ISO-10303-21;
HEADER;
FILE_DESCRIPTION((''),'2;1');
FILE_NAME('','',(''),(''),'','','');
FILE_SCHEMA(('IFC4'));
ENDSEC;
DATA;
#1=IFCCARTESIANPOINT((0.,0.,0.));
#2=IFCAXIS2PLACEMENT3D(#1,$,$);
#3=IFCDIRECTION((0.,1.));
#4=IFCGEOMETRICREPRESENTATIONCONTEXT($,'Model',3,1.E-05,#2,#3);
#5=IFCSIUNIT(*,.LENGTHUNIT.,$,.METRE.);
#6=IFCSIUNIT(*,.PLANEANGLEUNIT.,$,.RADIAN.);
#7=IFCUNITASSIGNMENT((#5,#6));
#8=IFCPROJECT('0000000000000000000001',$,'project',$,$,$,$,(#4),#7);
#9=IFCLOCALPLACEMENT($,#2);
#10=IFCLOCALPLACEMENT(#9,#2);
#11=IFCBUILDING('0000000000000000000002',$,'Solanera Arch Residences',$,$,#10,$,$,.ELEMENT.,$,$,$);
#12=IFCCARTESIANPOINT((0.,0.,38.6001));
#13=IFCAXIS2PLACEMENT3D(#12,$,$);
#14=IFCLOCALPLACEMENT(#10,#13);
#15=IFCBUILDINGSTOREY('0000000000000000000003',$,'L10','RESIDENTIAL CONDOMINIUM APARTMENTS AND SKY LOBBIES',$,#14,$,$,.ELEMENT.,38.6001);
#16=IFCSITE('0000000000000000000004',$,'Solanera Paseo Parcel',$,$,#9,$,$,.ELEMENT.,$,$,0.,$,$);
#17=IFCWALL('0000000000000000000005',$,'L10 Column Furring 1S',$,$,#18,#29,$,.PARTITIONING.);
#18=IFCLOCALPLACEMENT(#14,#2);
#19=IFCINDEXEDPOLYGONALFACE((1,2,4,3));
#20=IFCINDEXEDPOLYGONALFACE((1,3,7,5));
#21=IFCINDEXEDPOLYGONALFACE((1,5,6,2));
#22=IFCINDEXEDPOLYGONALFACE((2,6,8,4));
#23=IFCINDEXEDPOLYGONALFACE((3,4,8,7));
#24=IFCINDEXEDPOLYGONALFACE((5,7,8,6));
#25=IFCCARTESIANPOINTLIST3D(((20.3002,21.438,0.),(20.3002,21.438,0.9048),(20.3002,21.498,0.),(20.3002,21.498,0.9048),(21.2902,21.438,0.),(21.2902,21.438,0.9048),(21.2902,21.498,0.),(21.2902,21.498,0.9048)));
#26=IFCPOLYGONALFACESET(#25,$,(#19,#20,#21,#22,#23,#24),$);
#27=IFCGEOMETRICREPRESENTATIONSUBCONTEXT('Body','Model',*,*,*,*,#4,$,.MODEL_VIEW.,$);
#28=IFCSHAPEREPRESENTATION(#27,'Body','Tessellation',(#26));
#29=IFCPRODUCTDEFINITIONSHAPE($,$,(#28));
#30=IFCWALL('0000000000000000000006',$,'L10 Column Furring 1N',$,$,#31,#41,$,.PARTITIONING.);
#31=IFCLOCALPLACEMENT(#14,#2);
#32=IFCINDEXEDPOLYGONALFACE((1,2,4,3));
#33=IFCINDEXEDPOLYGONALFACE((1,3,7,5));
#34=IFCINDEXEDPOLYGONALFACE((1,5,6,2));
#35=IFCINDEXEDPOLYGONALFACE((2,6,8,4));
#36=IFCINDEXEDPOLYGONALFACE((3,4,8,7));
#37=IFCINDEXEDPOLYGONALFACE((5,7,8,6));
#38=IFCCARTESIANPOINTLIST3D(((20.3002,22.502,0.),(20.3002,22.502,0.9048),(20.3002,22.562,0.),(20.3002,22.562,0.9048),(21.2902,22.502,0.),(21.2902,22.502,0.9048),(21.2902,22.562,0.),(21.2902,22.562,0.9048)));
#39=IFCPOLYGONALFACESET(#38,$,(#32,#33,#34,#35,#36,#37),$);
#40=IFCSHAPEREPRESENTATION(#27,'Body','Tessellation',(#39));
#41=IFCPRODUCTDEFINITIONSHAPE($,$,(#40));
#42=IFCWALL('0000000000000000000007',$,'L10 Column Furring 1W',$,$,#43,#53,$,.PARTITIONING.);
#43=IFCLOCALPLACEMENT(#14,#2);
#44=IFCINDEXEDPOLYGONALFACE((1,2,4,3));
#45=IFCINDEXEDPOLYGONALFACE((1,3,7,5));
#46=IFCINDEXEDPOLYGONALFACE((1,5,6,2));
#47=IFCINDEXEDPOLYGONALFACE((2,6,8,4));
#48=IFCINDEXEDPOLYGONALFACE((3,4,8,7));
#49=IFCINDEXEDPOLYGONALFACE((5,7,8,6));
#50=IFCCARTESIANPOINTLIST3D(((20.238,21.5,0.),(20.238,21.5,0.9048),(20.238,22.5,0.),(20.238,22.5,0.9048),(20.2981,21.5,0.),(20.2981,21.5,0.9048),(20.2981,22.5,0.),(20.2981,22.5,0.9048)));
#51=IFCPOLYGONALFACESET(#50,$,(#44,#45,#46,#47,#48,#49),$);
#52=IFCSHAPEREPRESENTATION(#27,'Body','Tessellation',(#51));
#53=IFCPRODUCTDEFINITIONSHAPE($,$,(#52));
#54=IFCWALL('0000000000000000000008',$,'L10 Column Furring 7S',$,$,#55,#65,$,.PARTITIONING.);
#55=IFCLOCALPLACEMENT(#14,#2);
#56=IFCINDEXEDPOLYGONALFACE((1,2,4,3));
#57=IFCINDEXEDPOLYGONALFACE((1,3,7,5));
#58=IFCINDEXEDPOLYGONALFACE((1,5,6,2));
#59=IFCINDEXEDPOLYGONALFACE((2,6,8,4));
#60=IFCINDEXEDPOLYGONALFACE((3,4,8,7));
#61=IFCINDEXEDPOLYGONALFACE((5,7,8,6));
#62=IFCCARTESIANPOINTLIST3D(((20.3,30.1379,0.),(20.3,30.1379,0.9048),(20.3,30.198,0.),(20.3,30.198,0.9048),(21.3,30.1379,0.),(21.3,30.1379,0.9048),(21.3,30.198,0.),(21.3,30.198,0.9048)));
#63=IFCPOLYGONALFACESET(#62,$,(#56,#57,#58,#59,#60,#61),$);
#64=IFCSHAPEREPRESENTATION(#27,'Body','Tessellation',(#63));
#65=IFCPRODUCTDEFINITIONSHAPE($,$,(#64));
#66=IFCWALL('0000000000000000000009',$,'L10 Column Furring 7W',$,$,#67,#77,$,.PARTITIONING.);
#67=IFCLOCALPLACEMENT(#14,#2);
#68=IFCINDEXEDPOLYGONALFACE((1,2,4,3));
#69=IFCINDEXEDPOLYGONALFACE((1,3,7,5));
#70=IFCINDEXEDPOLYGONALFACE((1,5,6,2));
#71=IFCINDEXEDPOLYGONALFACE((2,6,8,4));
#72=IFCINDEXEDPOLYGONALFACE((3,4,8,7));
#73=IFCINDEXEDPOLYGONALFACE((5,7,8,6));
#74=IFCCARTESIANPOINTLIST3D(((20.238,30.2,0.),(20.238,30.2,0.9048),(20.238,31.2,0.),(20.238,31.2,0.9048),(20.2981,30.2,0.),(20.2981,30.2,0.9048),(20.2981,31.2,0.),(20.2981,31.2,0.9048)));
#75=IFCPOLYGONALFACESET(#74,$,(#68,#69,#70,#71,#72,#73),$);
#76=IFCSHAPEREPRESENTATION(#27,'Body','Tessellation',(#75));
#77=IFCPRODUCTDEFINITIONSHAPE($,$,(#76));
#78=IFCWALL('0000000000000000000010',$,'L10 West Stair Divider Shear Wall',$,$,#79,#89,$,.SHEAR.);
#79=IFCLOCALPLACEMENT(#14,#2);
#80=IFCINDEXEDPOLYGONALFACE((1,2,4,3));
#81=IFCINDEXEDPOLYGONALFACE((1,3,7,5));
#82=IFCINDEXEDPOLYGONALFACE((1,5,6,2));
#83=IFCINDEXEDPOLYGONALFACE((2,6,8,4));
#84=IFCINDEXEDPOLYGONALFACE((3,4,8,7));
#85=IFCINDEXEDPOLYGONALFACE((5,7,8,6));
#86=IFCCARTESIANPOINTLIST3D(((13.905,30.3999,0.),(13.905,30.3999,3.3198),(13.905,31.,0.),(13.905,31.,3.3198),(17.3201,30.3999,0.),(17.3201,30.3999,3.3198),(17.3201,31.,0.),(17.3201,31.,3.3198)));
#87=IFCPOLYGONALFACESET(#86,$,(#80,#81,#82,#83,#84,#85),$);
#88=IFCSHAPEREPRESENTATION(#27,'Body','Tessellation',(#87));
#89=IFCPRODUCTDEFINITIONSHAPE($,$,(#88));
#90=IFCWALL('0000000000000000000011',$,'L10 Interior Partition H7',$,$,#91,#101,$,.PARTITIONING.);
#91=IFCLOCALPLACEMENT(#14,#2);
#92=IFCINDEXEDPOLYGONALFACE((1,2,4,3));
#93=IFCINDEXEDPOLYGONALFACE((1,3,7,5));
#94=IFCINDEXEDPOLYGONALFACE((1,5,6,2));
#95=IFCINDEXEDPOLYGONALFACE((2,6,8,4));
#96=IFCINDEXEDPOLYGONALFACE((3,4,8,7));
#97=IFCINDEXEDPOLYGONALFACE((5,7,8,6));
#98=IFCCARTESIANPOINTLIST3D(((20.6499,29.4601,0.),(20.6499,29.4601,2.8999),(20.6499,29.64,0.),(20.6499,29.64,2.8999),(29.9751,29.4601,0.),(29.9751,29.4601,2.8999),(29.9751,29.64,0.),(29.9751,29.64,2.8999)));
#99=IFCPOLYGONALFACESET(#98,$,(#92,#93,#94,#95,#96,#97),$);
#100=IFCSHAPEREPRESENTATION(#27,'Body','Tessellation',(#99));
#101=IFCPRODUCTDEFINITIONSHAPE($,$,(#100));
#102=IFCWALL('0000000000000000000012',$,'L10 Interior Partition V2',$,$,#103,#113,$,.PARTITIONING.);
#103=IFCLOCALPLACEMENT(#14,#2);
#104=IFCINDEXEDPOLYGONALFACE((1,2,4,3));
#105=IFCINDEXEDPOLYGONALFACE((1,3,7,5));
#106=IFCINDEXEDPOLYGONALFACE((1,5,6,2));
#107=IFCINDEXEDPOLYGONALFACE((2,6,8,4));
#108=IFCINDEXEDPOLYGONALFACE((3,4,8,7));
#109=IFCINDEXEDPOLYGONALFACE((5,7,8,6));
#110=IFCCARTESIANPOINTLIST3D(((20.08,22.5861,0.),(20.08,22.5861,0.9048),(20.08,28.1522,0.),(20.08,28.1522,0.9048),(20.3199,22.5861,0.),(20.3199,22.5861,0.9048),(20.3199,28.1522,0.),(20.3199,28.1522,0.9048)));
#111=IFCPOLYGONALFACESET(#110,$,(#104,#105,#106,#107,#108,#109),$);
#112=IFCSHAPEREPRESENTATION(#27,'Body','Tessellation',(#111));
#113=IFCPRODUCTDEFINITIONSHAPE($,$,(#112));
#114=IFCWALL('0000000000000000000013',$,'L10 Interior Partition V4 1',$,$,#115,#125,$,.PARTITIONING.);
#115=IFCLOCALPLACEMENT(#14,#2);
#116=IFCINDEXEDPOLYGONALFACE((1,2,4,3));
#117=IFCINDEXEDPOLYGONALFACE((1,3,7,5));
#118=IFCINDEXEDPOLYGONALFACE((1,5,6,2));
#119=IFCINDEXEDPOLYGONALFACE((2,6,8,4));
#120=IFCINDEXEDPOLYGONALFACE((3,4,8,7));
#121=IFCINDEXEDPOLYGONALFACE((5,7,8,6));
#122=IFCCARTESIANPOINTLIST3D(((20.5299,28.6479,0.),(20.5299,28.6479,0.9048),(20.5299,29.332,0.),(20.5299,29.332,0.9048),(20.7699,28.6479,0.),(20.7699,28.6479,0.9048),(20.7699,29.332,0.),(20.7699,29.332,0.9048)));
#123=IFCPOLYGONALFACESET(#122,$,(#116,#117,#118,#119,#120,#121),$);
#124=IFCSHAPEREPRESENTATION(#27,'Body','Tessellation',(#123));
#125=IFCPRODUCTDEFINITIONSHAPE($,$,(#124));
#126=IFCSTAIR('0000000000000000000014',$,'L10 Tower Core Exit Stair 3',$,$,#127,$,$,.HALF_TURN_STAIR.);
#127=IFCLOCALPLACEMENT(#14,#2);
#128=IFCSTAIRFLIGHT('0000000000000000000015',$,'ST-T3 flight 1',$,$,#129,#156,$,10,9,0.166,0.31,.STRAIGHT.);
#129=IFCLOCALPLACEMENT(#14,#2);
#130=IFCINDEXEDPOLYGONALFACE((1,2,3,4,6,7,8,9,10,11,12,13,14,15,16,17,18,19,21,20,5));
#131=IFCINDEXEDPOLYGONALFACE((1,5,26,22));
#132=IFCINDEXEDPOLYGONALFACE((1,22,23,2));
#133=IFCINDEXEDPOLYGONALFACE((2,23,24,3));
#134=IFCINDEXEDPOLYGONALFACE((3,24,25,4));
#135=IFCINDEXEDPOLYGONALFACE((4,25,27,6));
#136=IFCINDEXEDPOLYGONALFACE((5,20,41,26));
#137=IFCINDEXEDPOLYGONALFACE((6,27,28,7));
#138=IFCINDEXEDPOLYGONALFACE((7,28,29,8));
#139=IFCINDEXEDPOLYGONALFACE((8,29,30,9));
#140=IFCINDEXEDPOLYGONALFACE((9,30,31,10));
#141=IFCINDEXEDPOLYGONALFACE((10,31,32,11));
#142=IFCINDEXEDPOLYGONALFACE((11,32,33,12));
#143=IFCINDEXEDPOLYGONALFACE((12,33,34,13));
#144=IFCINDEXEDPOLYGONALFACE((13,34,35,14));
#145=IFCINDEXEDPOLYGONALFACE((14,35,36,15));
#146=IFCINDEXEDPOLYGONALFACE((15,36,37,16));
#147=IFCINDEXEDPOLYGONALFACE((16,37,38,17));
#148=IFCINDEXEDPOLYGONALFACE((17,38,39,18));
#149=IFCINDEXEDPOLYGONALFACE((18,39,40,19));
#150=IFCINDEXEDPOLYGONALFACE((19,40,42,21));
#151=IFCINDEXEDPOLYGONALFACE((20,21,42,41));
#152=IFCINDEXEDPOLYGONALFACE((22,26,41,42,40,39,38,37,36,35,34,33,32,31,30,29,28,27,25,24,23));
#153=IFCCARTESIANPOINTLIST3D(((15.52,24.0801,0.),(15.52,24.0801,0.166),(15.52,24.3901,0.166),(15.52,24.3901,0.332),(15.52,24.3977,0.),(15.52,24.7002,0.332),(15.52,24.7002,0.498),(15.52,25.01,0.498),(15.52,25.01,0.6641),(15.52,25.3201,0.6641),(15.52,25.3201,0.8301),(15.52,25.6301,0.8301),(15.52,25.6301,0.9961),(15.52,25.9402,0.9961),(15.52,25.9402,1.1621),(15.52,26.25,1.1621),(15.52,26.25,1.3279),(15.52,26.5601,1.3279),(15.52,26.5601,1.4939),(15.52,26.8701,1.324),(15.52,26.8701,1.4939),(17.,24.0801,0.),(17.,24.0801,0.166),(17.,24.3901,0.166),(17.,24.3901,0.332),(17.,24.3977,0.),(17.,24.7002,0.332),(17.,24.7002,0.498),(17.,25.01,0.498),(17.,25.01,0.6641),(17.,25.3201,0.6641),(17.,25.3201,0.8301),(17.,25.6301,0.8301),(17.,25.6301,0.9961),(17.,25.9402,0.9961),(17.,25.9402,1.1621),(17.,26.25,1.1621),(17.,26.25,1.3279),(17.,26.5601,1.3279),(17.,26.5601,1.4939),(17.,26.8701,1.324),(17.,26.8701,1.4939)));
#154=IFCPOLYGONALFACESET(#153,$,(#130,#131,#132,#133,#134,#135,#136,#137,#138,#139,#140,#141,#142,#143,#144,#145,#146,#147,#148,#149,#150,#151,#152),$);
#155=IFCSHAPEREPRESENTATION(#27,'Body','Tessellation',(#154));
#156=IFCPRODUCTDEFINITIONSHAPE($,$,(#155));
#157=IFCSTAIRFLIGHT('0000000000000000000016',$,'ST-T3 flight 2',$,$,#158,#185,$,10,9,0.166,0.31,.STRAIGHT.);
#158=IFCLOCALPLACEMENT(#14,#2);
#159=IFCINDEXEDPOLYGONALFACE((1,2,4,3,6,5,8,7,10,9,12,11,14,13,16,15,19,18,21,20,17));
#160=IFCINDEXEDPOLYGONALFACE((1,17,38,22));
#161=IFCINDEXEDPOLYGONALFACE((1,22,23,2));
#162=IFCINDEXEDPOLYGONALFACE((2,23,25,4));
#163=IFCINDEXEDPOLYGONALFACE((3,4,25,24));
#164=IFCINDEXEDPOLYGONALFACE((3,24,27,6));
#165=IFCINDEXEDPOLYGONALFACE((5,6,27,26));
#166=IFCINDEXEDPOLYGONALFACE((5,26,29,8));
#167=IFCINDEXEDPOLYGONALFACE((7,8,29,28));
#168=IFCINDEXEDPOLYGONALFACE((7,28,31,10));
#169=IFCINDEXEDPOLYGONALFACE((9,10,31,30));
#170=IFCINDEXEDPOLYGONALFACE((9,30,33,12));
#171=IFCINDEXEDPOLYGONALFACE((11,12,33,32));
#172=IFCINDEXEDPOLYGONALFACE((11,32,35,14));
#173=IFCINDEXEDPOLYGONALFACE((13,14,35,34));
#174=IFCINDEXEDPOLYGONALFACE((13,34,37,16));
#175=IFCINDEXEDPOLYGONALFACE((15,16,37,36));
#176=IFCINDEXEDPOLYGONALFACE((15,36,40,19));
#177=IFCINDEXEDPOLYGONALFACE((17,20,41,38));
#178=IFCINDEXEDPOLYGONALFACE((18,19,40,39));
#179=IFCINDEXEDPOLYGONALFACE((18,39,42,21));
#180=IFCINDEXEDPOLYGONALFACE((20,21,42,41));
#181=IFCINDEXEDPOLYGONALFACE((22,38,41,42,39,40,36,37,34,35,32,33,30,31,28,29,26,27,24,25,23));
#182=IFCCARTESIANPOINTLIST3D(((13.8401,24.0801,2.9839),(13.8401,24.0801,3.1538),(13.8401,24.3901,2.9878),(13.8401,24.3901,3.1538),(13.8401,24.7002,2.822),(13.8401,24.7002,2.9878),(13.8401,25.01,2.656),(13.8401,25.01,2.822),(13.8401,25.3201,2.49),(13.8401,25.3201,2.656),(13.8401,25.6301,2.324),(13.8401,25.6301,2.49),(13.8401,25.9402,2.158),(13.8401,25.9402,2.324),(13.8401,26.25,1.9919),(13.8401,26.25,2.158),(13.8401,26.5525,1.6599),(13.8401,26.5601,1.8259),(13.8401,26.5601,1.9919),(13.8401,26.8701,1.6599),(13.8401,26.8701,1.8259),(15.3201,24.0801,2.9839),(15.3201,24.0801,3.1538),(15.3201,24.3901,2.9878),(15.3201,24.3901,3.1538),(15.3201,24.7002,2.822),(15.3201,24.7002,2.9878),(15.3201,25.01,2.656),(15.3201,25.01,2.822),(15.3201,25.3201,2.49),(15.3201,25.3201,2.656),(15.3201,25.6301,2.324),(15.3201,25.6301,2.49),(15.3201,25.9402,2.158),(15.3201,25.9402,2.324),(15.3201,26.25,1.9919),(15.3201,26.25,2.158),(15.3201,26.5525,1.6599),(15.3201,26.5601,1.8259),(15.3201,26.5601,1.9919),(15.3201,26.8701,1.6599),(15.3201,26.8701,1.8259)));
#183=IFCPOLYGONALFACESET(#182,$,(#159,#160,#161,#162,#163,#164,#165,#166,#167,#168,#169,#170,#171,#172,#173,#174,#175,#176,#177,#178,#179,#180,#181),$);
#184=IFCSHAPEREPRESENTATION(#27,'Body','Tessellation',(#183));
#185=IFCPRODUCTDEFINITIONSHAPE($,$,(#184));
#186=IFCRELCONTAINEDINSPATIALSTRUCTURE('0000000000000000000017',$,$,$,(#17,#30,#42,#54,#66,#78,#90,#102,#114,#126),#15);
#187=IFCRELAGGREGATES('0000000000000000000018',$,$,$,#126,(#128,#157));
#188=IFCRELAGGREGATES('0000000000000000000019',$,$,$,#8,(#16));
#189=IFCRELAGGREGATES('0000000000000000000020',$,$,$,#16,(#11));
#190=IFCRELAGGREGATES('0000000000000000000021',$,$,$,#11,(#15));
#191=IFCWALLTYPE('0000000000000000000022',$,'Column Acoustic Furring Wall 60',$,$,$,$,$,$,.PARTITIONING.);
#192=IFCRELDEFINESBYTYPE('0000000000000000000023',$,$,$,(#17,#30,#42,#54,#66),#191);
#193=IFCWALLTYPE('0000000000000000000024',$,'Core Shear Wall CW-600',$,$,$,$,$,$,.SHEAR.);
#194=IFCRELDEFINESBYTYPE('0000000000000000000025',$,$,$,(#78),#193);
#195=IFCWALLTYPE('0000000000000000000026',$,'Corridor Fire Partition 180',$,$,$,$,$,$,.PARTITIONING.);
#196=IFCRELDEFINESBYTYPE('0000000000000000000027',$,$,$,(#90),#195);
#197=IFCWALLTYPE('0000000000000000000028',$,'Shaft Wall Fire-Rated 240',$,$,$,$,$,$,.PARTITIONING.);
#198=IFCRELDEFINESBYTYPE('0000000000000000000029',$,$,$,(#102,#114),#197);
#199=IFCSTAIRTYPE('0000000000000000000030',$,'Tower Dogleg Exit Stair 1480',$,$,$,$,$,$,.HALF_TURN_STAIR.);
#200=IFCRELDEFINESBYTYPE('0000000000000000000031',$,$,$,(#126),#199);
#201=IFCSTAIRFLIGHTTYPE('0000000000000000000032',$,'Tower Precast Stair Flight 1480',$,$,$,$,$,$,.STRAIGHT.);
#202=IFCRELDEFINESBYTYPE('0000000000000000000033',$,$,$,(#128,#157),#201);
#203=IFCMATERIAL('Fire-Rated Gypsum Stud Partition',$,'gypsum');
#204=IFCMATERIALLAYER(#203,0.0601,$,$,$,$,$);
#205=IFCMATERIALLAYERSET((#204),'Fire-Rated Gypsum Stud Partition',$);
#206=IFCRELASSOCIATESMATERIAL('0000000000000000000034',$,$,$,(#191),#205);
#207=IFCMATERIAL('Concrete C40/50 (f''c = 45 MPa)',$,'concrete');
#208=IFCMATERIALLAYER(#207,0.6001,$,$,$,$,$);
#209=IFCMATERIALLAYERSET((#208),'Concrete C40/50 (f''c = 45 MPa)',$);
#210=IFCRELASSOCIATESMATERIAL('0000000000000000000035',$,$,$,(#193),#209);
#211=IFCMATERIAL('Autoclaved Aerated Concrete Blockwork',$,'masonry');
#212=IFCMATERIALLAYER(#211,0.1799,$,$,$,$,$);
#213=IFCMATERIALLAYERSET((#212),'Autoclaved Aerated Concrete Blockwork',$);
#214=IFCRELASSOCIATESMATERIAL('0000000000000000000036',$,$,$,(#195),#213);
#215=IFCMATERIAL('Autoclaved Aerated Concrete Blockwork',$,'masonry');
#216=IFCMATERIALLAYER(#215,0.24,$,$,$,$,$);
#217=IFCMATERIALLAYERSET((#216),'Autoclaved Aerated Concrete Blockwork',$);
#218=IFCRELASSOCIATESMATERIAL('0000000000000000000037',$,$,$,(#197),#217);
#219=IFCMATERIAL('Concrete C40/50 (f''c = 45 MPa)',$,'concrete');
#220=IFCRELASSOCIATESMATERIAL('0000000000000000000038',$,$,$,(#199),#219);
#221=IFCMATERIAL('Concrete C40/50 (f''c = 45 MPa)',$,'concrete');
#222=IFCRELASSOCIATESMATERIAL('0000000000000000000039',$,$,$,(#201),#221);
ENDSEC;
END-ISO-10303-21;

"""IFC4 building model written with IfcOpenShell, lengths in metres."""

from ifc_helpers import new_model, si_unit, direction, frame, frame_2d, origin, place, context, subcontext, project, spatial, polyline, rectangle, outline, extrude, material, layer, layer_set, type_object, element, aggregate, save


model = new_model("IFC4")

# Units and contexts
model_context = context("Model", 3, precision=1e-05, world=origin(), true_north=direction((0.0, 1.0)))
body_context = subcontext(model_context, "Body", "Model", "MODEL_VIEW")
ifc_project = project(units=[si_unit("LENGTHUNIT", "METRE"), si_unit("PLANEANGLEUNIT", "RADIAN")], contexts=[model_context])

# Site, building, storey
site_placement = place(None, origin())
site = spatial("IfcSite", under=ifc_project, at=site_placement, Name="Solanera Paseo Parcel", CompositionType="ELEMENT", RefElevation=0.0)
building_placement = place(site_placement, origin())
building = spatial("IfcBuilding", under=site, at=building_placement, Name="Solanera Arch Residences", CompositionType="ELEMENT")
storey_placement = place(building_placement, frame((0.0, 0.0, 38.6001)))
storey = spatial("IfcBuildingStorey", under=building, at=storey_placement, Name="L10", Description="RESIDENTIAL CONDOMINIUM APARTMENTS AND SKY LOBBIES", CompositionType="ELEMENT", Elevation=38.6001)

# Walls
ifc_material_1 = material(Name="Fire-Rated Gypsum Stud Partition", Category="gypsum")
ifc_layer_1 = layer(ifc_material_1, 0.0601)
ifc_layer_set_1 = layer_set([ifc_layer_1], Name="Fire-Rated Gypsum Stud Partition")
wall_type_1 = type_object("IfcWallType", Name="Column Acoustic Furring Wall 60", PredefinedType="PARTITIONING", material=ifc_layer_set_1)
for number, where, z_axis, x_axis, name in (
    (1, (20.3, 21.468, 0.0), (0.0, 0.0, 1.0), (1.0, 0.0, 0.0), "L10 Column Furring 1S"),
    (2, (20.3, 22.532, 0.0), (0.0, 0.0, 1.0), (1.0, 0.0, 0.0), "L10 Column Furring 1N"),
):
    element("IfcWall", number, at=place(storey_placement, frame(where, z_axis=z_axis, x_axis=x_axis)), inside=storey, type_object=wall_type_1, Name=name, PredefinedType="PARTITIONING", context=body_context, shape_type="SweptSolid", body=[
        extrude(rectangle(XDim=0.99, YDim=0.0601, at=frame_2d((0.4951, 0.0))), origin(), (0.0, 0.0, 1.0), 0.9048),
    ])
for number, where, z_axis, x_axis, name in (
    (3, (20.2681, 21.5, 0.0), (0.0, 0.0, 1.0), (0.0, 1.0, 0.0), "L10 Column Furring 1W"),
    (4, (20.3, 30.168, 0.0), (0.0, 0.0, 1.0), (1.0, 0.0, 0.0), "L10 Column Furring 7S"),
    (5, (20.2681, 30.2, 0.0), (0.0, 0.0, 1.0), (0.0, 1.0, 0.0), "L10 Column Furring 7W"),
):
    element("IfcWall", number, at=place(storey_placement, frame(where, z_axis=z_axis, x_axis=x_axis)), inside=storey, type_object=wall_type_1, Name=name, PredefinedType="PARTITIONING", context=body_context, shape_type="SweptSolid", body=[
        extrude(rectangle(XDim=1.0, YDim=0.0601, at=frame_2d((0.5, 0.0))), origin(), (0.0, 0.0, 1.0), 0.9048),
    ])

# Walls
ifc_material_2 = material(Name="Concrete C40/50 (f'c = 45 MPa)", Category="concrete")
ifc_layer_2 = layer(ifc_material_2, 0.6001)
ifc_layer_set_2 = layer_set([ifc_layer_2], Name="Concrete C40/50 (f'c = 45 MPa)")
wall_type_2 = type_object("IfcWallType", Name="Core Shear Wall CW-600", PredefinedType="SHEAR", material=ifc_layer_set_2)
wall_1_placement = place(storey_placement, frame((13.905, 30.7, 0.0), z_axis=(0.0, 0.0, 1.0), x_axis=(1.0, 0.0, 0.0)))
element("IfcWall", 6, at=wall_1_placement, inside=storey, type_object=wall_type_2, Name="L10 West Stair Divider Shear Wall", PredefinedType="SHEAR", context=body_context, shape_type="SweptSolid", body=[
    extrude(rectangle(XDim=3.415, YDim=0.6001, at=frame_2d((1.7075, 0.0))), origin(), (0.0, 0.0, 1.0), 3.3198),
])
ifc_material_3 = material(Name="Autoclaved Aerated Concrete Blockwork", Category="masonry")
ifc_layer_3 = layer(ifc_material_3, 0.1799)
ifc_layer_set_3 = layer_set([ifc_layer_3], Name="Autoclaved Aerated Concrete Blockwork")
wall_type_3 = type_object("IfcWallType", Name="Corridor Fire Partition 180", PredefinedType="PARTITIONING", material=ifc_layer_set_3)
wall_2_placement = place(storey_placement, frame((20.6499, 29.55, 0.0), z_axis=(0.0, 0.0, 1.0), x_axis=(1.0, 0.0, 0.0)))
element("IfcWall", 7, at=wall_2_placement, inside=storey, type_object=wall_type_3, Name="L10 Interior Partition H7", PredefinedType="PARTITIONING", context=body_context, shape_type="SweptSolid", body=[
    extrude(rectangle(XDim=9.3252, YDim=0.1799, at=frame_2d((4.6626, 0.0))), origin(), (0.0, 0.0, 1.0), 2.8999),
])

# Shared definitions
ifc_material_4 = material(Name="Autoclaved Aerated Concrete Blockwork", Category="masonry")
ifc_layer_4 = layer(ifc_material_4, 0.24)
ifc_layer_set_4 = layer_set([ifc_layer_4], Name="Autoclaved Aerated Concrete Blockwork")
wall_type_4 = type_object("IfcWallType", Name="Shaft Wall Fire-Rated 240", PredefinedType="PARTITIONING", material=ifc_layer_set_4)

# Walls
wall_3_placement = place(storey_placement, frame((20.2, 22.5859, 0.0), z_axis=(0.0, 0.0, 1.0), x_axis=(0.0, 1.0, 0.0)))
element("IfcWall", 8, at=wall_3_placement, inside=storey, type_object=wall_type_4, Name="L10 Interior Partition V2", PredefinedType="PARTITIONING", context=body_context, shape_type="SweptSolid", body=[
    extrude(rectangle(XDim=5.5662, YDim=0.24, at=frame_2d((2.7832, 0.0))), origin(), (0.0, 0.0, 1.0), 0.9048),
])
wall_4_placement = place(storey_placement, frame((20.6499, 28.6479, 0.0), z_axis=(0.0, 0.0, 1.0), x_axis=(0.0, 1.0, 0.0)))
element("IfcWall", 9, at=wall_4_placement, inside=storey, type_object=wall_type_4, Name="L10 Interior Partition V4 1", PredefinedType="PARTITIONING", context=body_context, shape_type="SweptSolid", body=[
    extrude(rectangle(XDim=0.6841, YDim=0.24, at=frame_2d((0.342, 0.0))), origin(), (0.0, 0.0, 1.0), 0.9048),
])

# Stair, stair flights
ifc_material_5 = material(Name="Concrete C40/50 (f'c = 45 MPa)", Category="concrete")
stair_type = type_object("IfcStairType", Name="Tower Dogleg Exit Stair 1480", PredefinedType="HALF_TURN_STAIR", material=ifc_material_5)
stair_placement = place(storey_placement, origin())
stair = element("IfcStair", 10, at=stair_placement, inside=storey, type_object=stair_type, Name="L10 Tower Core Exit Stair 3", PredefinedType="HALF_TURN_STAIR")
ifc_material_6 = material(Name="Concrete C40/50 (f'c = 45 MPa)", Category="concrete")
stair_flight_type = type_object("IfcStairFlightType", Name="Tower Precast Stair Flight 1480", PredefinedType="STRAIGHT", material=ifc_material_6)
stair_flight_1_placement = place(storey_placement, frame((16.26, 24.0801, 0.0), z_axis=(0.0, 0.0, 1.0), x_axis=(0.0, 1.0, 0.0)))
stair_flight_1 = element("IfcStairFlight", 11, at=stair_flight_1_placement, type_object=stair_flight_type, Name="ST-T3 flight 1", NumberOfRisers=10, NumberOfTreads=9, PredefinedType="STRAIGHT", RiserHeight=0.166, TreadLength=0.31, context=body_context, shape_type="SweptSolid", body=[
    extrude(outline(polyline([(0.0, 0.0), (0.0, 0.166), (0.3101, 0.166), (0.3101, 0.332), (0.6201, 0.332), (0.6201, 0.498), (0.9299, 0.498), (0.9299, 0.6641), (1.24, 0.6641), (1.24, 0.8301), (1.55, 0.8301), (1.55, 0.9961), (1.8601, 0.9961), (1.8601, 1.1621), (2.1699, 1.1621), (2.1699, 1.3279), (2.48, 1.3279), (2.48, 1.4939), (2.79, 1.4939), (2.79, 1.6599), (2.79, 1.324), (0.3176, 0.0), (0.0, 0.0)])), frame((0.0, 0.74, 0.0), z_axis=(0.0, -1.0, 0.0), x_axis=(1.0, 0.0, 0.0)), (0.0, 0.0, 1.0), 1.48),
])
stair_flight_2_placement = place(storey_placement, frame((14.5801, 26.8701, 1.6599), z_axis=(0.0, 0.0, 1.0), x_axis=(0.0, -1.0, 0.0)))
stair_flight_2 = element("IfcStairFlight", 12, at=stair_flight_2_placement, type_object=stair_flight_type, Name="ST-T3 flight 2", NumberOfRisers=10, NumberOfTreads=9, PredefinedType="STRAIGHT", RiserHeight=0.166, TreadLength=0.31, context=body_context, shape_type="SweptSolid", body=[
    extrude(outline(polyline([(0.0, 0.0), (0.0, 0.166), (0.3101, 0.166), (0.3101, 0.332), (0.6201, 0.332), (0.6201, 0.498), (0.9299, 0.498), (0.9299, 0.6641), (1.24, 0.6641), (1.24, 0.8301), (1.55, 0.8301), (1.55, 0.9961), (1.8601, 0.9961), (1.8601, 1.1621), (2.1699, 1.1621), (2.1699, 1.3279), (2.48, 1.3279), (2.48, 1.4939), (2.79, 1.4939), (2.79, 1.6599), (2.79, 1.324), (0.3176, 0.0), (0.0, 0.0)])), frame((0.0, 0.74, 0.0), z_axis=(0.0, -1.0, 0.0), x_axis=(1.0, 0.0, 0.0)), (0.0, 0.0, 1.0), 1.48),
])
aggregate(stair, [stair_flight_1, stair_flight_2])

save(model, "model.ifc")
